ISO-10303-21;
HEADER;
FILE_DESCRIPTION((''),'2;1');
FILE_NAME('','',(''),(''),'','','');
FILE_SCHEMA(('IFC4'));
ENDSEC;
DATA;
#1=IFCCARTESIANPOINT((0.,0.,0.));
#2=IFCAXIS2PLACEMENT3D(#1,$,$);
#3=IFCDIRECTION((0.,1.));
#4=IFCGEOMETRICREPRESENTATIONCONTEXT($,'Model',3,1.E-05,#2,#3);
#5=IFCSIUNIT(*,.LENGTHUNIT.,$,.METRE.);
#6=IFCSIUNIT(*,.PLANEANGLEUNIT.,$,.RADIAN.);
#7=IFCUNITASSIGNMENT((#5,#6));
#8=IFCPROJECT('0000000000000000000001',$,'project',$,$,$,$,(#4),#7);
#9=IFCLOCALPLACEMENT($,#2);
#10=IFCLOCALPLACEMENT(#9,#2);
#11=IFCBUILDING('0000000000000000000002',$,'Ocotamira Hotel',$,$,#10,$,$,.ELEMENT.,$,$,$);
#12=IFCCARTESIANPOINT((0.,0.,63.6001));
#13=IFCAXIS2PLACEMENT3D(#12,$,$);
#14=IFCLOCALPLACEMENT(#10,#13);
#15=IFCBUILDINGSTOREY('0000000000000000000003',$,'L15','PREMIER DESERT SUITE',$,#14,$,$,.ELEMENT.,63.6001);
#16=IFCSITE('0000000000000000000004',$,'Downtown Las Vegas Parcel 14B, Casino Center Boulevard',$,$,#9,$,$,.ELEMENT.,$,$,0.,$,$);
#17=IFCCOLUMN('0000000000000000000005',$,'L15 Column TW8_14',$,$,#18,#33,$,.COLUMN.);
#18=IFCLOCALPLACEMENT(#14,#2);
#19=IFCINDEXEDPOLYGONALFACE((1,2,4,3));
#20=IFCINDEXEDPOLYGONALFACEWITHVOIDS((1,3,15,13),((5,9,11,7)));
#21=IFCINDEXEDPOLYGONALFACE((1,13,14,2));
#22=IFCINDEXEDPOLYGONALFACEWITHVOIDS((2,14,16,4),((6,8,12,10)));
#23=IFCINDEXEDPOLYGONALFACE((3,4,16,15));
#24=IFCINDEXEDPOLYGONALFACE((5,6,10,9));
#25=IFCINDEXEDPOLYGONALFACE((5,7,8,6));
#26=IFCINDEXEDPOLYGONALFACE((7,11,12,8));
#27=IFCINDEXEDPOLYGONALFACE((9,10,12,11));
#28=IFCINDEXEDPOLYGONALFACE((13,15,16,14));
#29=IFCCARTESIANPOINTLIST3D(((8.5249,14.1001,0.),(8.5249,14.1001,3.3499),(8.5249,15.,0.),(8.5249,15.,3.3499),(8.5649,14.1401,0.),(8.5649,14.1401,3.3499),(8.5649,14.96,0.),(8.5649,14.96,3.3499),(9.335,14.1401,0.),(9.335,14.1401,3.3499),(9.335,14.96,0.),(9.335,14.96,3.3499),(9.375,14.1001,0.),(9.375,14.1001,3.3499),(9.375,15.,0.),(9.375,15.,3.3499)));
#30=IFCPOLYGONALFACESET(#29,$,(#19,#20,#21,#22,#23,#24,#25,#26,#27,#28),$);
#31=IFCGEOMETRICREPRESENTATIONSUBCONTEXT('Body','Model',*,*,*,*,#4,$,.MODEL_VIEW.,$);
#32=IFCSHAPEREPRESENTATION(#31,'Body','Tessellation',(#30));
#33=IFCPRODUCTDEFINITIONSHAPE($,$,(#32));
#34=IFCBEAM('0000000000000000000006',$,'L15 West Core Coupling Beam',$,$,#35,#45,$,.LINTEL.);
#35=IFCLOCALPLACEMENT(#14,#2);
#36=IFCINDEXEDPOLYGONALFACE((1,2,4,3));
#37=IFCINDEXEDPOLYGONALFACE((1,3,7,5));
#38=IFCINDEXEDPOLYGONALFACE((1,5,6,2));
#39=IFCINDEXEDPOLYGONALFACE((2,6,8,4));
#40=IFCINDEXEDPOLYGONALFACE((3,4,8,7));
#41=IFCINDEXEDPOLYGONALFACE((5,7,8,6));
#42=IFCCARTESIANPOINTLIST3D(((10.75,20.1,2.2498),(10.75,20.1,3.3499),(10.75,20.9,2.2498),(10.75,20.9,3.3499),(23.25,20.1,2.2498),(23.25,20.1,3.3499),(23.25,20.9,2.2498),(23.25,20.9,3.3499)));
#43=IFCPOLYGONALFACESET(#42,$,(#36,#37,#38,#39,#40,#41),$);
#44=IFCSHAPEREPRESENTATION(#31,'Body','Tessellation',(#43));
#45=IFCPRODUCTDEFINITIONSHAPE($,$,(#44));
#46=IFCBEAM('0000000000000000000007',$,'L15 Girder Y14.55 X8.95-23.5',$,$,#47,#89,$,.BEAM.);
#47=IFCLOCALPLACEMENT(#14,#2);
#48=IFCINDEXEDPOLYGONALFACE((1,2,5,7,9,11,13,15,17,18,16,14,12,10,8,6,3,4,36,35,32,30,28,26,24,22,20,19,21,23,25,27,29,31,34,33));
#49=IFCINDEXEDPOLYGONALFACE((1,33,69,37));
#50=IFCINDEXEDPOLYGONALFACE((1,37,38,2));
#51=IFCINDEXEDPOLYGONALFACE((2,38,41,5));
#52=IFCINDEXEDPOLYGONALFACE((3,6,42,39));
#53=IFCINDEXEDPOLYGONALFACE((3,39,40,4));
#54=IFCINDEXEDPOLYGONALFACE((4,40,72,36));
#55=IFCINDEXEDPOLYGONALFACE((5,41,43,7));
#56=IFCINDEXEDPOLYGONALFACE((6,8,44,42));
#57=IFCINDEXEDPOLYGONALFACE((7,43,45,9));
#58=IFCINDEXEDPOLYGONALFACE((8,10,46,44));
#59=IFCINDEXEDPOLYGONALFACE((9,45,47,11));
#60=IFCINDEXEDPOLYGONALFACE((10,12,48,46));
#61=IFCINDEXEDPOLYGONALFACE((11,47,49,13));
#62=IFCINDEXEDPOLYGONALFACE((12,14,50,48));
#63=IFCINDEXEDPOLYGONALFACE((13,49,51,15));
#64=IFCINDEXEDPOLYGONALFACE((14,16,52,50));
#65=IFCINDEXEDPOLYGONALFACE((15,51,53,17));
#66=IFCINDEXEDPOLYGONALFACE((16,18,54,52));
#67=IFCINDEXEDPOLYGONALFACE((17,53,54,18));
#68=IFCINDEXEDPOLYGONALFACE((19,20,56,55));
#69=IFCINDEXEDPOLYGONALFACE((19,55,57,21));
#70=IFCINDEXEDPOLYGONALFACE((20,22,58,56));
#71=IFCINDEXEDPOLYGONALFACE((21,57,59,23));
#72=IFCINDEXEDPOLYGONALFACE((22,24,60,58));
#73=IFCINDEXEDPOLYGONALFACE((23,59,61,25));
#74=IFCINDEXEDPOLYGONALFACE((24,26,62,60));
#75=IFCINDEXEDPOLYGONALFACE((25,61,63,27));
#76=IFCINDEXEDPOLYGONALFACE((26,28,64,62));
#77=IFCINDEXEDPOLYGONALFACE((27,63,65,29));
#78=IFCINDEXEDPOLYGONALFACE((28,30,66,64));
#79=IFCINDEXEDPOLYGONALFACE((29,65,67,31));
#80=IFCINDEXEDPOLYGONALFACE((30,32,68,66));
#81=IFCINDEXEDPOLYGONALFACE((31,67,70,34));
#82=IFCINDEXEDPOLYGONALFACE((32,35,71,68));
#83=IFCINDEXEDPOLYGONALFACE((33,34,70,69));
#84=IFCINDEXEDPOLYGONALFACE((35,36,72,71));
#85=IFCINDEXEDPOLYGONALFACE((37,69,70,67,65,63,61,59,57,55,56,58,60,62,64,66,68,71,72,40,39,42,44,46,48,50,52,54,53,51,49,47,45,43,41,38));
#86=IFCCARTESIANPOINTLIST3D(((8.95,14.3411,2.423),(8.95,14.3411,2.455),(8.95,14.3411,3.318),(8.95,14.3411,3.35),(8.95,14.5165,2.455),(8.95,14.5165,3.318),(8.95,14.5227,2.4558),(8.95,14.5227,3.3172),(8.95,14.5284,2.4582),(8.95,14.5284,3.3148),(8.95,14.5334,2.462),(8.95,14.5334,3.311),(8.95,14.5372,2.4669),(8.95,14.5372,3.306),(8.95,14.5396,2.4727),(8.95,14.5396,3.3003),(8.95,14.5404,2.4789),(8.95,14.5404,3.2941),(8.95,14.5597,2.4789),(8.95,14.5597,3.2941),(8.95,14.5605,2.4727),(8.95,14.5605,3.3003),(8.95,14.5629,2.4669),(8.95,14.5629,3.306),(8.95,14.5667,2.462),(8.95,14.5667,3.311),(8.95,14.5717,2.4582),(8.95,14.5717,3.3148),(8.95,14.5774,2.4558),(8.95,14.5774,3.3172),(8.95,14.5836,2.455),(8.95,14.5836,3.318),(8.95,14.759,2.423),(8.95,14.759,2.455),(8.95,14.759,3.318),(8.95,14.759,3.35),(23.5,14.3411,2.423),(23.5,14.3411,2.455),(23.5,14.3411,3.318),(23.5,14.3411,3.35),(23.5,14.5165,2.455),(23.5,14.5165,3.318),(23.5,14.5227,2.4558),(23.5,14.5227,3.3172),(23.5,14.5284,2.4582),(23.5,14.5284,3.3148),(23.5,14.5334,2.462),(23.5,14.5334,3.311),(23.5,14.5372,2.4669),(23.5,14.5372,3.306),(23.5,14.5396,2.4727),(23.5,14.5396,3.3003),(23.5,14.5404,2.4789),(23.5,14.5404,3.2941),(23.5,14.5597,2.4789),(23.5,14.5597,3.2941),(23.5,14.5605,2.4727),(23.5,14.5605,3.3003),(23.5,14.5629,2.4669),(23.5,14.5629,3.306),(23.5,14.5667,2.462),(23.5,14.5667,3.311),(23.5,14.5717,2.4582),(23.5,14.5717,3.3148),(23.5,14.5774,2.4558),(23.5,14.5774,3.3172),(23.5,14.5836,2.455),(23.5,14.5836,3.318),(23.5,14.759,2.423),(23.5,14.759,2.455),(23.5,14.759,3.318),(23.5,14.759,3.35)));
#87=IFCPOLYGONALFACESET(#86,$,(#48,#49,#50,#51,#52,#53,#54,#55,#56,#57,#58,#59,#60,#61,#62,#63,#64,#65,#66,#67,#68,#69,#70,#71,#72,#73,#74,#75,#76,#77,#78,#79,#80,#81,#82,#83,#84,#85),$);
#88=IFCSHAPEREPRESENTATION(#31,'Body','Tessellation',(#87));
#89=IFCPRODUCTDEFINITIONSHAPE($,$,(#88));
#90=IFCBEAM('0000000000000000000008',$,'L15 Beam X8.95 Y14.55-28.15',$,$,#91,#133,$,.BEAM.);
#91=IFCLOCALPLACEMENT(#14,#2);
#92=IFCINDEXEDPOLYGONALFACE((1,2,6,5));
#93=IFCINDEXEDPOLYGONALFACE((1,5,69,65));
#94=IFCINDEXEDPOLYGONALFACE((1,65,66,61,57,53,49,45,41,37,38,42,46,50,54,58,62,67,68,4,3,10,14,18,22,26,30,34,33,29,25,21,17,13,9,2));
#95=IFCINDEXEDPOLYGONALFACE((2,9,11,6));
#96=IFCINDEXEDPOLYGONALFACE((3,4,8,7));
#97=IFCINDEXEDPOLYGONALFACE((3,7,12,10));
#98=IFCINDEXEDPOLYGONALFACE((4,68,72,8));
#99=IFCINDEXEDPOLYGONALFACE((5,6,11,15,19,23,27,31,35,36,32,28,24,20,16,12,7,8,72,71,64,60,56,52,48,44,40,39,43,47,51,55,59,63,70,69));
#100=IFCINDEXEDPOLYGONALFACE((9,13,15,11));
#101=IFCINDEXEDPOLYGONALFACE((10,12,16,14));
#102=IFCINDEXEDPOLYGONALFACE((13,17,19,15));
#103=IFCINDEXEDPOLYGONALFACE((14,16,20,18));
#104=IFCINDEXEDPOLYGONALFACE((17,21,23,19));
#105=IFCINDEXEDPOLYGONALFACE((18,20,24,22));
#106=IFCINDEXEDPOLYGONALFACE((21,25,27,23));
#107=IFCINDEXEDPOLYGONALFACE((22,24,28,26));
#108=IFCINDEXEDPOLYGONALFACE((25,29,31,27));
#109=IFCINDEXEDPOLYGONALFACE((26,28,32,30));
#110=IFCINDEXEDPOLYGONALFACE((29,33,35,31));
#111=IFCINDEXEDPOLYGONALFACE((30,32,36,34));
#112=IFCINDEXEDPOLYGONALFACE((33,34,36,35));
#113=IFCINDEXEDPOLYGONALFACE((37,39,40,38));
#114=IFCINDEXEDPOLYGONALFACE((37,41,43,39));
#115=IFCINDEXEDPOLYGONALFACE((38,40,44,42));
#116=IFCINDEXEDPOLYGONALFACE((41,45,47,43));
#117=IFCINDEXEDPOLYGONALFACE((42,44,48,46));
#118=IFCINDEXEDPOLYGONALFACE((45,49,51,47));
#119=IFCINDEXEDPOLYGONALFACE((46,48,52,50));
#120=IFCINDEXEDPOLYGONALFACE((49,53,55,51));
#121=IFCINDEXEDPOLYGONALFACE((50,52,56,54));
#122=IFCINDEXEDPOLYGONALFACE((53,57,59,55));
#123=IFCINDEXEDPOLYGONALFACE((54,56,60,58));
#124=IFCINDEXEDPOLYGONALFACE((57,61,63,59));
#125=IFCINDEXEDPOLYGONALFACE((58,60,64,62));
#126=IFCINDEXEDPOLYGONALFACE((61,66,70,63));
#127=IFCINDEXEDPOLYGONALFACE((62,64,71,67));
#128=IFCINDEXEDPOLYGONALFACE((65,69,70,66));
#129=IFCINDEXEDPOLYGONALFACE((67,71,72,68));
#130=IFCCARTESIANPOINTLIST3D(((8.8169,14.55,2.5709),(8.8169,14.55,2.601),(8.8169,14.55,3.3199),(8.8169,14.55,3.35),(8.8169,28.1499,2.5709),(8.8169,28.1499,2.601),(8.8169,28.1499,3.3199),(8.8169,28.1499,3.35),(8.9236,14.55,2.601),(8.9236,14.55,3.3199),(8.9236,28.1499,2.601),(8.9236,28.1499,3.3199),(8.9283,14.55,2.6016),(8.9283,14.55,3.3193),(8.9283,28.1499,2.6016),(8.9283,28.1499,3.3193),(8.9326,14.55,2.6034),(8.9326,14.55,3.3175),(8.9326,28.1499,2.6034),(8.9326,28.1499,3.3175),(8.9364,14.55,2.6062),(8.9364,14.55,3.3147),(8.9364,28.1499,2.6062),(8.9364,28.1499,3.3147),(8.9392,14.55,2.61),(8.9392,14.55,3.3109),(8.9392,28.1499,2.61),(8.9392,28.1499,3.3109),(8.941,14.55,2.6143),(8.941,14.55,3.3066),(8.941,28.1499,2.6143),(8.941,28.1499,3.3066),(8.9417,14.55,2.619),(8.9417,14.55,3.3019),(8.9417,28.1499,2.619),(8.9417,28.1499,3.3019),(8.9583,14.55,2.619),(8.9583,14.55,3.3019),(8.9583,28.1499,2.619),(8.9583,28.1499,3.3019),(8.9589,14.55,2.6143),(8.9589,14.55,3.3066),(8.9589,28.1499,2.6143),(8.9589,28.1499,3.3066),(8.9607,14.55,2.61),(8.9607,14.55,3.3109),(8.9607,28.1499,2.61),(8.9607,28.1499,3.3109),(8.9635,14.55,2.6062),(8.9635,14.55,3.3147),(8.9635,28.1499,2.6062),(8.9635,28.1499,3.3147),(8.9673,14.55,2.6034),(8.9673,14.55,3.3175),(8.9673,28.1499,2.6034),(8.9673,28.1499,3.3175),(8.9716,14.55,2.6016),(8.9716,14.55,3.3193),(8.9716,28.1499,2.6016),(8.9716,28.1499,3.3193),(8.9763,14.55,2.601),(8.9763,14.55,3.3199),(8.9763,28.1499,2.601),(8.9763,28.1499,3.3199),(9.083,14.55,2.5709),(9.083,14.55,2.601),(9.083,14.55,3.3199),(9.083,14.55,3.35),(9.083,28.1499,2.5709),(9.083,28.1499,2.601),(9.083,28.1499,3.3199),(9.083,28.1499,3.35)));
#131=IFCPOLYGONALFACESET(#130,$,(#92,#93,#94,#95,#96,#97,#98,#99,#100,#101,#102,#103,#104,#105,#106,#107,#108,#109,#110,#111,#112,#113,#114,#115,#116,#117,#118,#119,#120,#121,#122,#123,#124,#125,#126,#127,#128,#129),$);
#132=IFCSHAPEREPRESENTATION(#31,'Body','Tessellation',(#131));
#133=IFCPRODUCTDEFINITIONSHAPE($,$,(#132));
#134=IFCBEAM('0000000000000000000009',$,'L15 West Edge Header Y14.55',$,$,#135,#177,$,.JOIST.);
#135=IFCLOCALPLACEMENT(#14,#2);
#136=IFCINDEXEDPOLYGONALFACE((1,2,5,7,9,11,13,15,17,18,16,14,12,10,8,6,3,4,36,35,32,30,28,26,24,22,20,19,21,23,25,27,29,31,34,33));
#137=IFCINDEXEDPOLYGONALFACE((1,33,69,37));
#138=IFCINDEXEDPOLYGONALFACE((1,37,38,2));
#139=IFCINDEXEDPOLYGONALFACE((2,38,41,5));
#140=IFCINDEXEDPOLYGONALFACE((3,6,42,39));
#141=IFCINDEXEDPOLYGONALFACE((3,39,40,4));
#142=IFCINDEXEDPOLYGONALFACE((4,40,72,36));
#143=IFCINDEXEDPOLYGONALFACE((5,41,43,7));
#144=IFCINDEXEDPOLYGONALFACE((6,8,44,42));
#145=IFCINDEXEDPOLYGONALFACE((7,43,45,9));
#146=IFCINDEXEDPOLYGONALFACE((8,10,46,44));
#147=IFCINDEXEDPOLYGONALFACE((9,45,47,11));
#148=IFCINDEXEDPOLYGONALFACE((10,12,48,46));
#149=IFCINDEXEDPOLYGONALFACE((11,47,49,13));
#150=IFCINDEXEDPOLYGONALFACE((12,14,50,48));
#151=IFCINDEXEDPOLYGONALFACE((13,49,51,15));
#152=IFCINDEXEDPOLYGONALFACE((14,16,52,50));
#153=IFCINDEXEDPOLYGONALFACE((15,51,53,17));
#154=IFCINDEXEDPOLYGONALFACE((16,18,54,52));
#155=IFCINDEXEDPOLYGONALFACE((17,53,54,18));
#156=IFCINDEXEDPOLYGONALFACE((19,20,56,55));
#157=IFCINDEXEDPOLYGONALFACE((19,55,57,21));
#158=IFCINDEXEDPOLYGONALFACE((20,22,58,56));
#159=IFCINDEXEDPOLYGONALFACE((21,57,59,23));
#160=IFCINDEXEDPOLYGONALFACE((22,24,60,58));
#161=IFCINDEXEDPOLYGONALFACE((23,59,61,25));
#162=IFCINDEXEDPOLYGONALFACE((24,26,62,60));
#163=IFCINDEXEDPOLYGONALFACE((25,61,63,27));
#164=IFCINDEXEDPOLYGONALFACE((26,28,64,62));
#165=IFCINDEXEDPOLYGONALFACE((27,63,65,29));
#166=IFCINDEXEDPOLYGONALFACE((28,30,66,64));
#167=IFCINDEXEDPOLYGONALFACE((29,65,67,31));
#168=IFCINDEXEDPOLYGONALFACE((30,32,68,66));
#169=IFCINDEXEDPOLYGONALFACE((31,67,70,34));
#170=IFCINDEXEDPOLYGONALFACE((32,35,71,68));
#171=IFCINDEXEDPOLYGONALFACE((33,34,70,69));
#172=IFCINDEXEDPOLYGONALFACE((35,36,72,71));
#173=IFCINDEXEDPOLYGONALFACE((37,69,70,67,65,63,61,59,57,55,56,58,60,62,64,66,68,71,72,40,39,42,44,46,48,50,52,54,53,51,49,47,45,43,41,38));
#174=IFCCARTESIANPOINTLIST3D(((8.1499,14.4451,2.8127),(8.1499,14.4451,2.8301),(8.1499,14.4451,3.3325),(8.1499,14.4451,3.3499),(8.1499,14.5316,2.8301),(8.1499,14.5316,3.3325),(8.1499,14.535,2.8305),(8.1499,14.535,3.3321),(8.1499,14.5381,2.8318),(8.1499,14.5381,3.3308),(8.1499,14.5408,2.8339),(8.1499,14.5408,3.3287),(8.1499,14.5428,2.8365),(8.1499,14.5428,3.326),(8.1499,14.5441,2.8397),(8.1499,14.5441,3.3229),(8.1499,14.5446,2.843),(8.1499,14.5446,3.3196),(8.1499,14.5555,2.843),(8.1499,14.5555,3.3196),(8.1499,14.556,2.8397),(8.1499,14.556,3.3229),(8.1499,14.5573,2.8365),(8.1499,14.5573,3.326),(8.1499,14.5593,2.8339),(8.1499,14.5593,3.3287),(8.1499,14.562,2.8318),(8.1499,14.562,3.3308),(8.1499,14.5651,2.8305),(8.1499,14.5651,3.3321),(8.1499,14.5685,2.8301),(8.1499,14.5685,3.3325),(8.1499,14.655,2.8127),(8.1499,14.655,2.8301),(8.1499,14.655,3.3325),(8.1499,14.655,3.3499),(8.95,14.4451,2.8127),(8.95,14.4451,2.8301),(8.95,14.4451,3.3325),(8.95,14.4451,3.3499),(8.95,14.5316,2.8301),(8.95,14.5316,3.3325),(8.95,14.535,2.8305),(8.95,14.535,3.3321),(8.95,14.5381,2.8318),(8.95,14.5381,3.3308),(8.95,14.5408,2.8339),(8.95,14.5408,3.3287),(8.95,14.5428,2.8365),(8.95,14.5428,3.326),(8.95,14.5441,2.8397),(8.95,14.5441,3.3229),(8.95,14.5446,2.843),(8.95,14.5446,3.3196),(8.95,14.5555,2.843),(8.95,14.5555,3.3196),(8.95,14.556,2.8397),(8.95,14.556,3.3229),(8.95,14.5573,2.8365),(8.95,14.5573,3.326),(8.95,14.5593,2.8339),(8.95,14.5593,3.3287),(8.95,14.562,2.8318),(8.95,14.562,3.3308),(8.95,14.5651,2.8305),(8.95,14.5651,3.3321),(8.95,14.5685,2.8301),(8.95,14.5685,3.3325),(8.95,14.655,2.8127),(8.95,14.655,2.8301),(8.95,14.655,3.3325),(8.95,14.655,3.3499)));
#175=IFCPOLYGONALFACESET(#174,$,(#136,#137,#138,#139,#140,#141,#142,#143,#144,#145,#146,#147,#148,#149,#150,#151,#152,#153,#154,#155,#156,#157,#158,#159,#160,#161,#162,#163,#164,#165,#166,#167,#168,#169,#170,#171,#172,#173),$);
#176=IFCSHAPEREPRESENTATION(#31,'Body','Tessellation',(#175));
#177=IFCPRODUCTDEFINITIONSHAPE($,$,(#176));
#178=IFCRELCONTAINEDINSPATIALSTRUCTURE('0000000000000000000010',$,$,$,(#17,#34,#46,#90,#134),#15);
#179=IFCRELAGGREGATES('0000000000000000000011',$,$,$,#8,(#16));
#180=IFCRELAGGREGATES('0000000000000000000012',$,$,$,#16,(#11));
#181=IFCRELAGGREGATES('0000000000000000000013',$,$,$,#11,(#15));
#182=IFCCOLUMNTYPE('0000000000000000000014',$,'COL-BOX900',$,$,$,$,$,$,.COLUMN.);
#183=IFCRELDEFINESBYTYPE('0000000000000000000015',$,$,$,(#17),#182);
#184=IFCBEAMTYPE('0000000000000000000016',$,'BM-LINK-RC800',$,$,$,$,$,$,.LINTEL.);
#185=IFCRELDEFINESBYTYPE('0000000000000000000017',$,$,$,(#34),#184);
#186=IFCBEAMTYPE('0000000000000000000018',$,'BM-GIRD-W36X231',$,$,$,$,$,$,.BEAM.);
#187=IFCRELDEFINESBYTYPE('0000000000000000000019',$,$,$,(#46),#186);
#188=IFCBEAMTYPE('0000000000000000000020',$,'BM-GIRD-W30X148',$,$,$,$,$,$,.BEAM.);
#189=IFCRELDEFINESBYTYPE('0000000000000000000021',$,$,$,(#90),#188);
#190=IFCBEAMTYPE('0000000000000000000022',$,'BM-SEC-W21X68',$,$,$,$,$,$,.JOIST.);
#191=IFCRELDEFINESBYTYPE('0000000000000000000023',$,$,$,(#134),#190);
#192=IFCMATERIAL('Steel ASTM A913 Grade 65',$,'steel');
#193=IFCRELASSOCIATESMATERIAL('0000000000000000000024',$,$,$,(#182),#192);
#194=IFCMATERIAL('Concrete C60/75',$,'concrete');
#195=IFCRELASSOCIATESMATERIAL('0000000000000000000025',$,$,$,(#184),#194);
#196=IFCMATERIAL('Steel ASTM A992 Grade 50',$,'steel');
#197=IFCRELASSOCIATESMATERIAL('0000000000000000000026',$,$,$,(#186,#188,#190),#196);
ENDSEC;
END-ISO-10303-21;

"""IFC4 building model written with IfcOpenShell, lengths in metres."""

from ifc_helpers import new_model, si_unit, direction, frame, origin, origin_2d, place, context, subcontext, project, spatial, rectangle, hollow_rectangle, i_section, extrude, source, transform, mapped, material, material_profile, profile_set, type_object, element, save


model = new_model("IFC4")

# Units and contexts
model_context = context("Model", 3, precision=1e-05, world=origin(), true_north=direction((0.0, 1.0)))
body_context = subcontext(model_context, "Body", "Model", "MODEL_VIEW")
ifc_project = project(units=[si_unit("LENGTHUNIT", "METRE"), si_unit("PLANEANGLEUNIT", "RADIAN")], contexts=[model_context])

# Site, building, storey
site_placement = place(None, origin())
site = spatial("IfcSite", under=ifc_project, at=site_placement, Name="Downtown Las Vegas Parcel 14B, Casino Center Boulevard", CompositionType="ELEMENT", RefElevation=0.0)
building_placement = place(site_placement, origin())
building = spatial("IfcBuilding", under=site, at=building_placement, Name="Ocotamira Hotel", CompositionType="ELEMENT")
storey_placement = place(building_placement, frame((0.0, 0.0, 63.6001)))
storey = spatial("IfcBuildingStorey", under=building, at=storey_placement, Name="L15", Description="PREMIER DESERT SUITE", CompositionType="ELEMENT", Elevation=63.6001)

# Column
ifc_material_1 = material(Name="Steel ASTM A913 Grade 65", Category="steel")
ifc_material_profile_1 = material_profile(ifc_material_1, hollow_rectangle(XDim=0.8501, YDim=0.8999, WallThickness=0.04, at=origin_2d()), Name="BOX900X850X40")
ifc_profile_set_1 = profile_set([ifc_material_profile_1], Name="Steel ASTM A913 Grade 65")
column_type = type_object("IfcColumnType", Name="COL-BOX900", PredefinedType="COLUMN", material=ifc_profile_set_1)
shared_shape_1 = source(origin(), body_context, "Body", "SweptSolid", [
    extrude(hollow_rectangle(XDim=0.8501, YDim=0.8999, WallThickness=0.04, at=origin_2d()), origin(), (0.0, 0.0, 1.0), 3.3499),
])
column_placement = place(storey_placement, frame((8.95, 14.55, 0.0), z_axis=(0.0, 0.0, 1.0), x_axis=(1.0, 0.0, 0.0)))
element("IfcColumn", 1, at=column_placement, inside=storey, type_object=column_type, Name="L15 Column TW8_14", PredefinedType="COLUMN", context=body_context, shape_type="MappedRepresentation", body=[
    mapped(shared_shape_1, transform((0.0, 0.0, 0.0), scale=1.0)),
])

# Beams
ifc_material_2 = material(Name="Concrete C60/75", Category="concrete")
ifc_material_profile_2 = material_profile(ifc_material_2, rectangle(XDim=0.8, YDim=1.1001, at=origin_2d()), Name="RC800X1100")
ifc_profile_set_2 = profile_set([ifc_material_profile_2], Name="Concrete C60/75")
beam_type_1 = type_object("IfcBeamType", Name="BM-LINK-RC800", PredefinedType="LINTEL", material=ifc_profile_set_2)
shared_shape_2 = source(origin(), body_context, "Body", "SweptSolid", [
    extrude(rectangle(XDim=0.8, YDim=1.1001, at=origin_2d()), origin(), (0.0, 0.0, 1.0), 12.5),
])
beam_1_placement = place(storey_placement, frame((10.75, 20.5, 2.7998), z_axis=(1.0, 0.0, 0.0), x_axis=(0.0, 1.0, 0.0)))
element("IfcBeam", 2, at=beam_1_placement, inside=storey, type_object=beam_type_1, Name="L15 West Core Coupling Beam", PredefinedType="LINTEL", context=body_context, shape_type="MappedRepresentation", body=[
    mapped(shared_shape_2, transform((0.0, 0.0, 0.0), scale=1.0)),
])
ifc_material_3 = material(Name="Steel ASTM A992 Grade 50", Category="steel")
ifc_material_profile_3 = material_profile(ifc_material_3, i_section(OverallWidth=0.418, OverallDepth=0.927, WebThickness=0.0193, FlangeThickness=0.032, FilletRadius=0.0239, at=origin_2d()), Name="W36X231")
ifc_profile_set_3 = profile_set([ifc_material_profile_3], Name="Steel ASTM A992 Grade 50")
beam_type_2 = type_object("IfcBeamType", Name="BM-GIRD-W36X231", PredefinedType="BEAM", material=ifc_profile_set_3)
shared_shape_3 = source(origin(), body_context, "Body", "SweptSolid", [
    extrude(i_section(OverallWidth=0.418, OverallDepth=0.927, WebThickness=0.0193, FlangeThickness=0.032, FilletRadius=0.0239, at=origin_2d()), origin(), (0.0, 0.0, 1.0), 14.55),
])
beam_2_placement = place(storey_placement, frame((8.95, 14.55, 2.8865), z_axis=(1.0, 0.0, 0.0), x_axis=(0.0, 1.0, 0.0)))
element("IfcBeam", 3, at=beam_2_placement, inside=storey, type_object=beam_type_2, Name="L15 Girder Y14.55 X8.95-23.5", PredefinedType="BEAM", context=body_context, shape_type="MappedRepresentation", body=[
    mapped(shared_shape_3, transform((0.0, 0.0, 0.0), scale=1.0)),
])
ifc_material_profile_4 = material_profile(ifc_material_3, i_section(OverallWidth=0.2661, OverallDepth=0.7791, WebThickness=0.0166, FlangeThickness=0.03, FilletRadius=0.0181, at=origin_2d()), Name="W30X148")
ifc_profile_set_4 = profile_set([ifc_material_profile_4], Name="Steel ASTM A992 Grade 50")
beam_type_3 = type_object("IfcBeamType", Name="BM-GIRD-W30X148", PredefinedType="BEAM", material=ifc_profile_set_4)
shared_shape_4 = source(origin(), body_context, "Body", "SweptSolid", [
    extrude(i_section(OverallWidth=0.2661, OverallDepth=0.7791, WebThickness=0.0166, FlangeThickness=0.03, FilletRadius=0.0181, at=origin_2d()), origin(), (0.0, 0.0, 1.0), 13.5999),
])
beam_3_placement = place(storey_placement, frame((8.95, 14.55, 2.9604), z_axis=(0.0, 1.0, 0.0), x_axis=(-1.0, 0.0, 0.0)))
element("IfcBeam", 4, at=beam_3_placement, inside=storey, type_object=beam_type_3, Name="L15 Beam X8.95 Y14.55-28.15", PredefinedType="BEAM", context=body_context, shape_type="MappedRepresentation", body=[
    mapped(shared_shape_4, transform((0.0, 0.0, 0.0), scale=1.0)),
])
ifc_material_profile_5 = material_profile(ifc_material_3, i_section(OverallWidth=0.21, OverallDepth=0.5371, WebThickness=0.011, FlangeThickness=0.0173, FilletRadius=0.0129, at=origin_2d()), Name="W21X68")
ifc_profile_set_5 = profile_set([ifc_material_profile_5], Name="Steel ASTM A992 Grade 50")
beam_type_4 = type_object("IfcBeamType", Name="BM-SEC-W21X68", PredefinedType="JOIST", material=ifc_profile_set_5)
shared_shape_5 = source(origin(), body_context, "Body", "SweptSolid", [
    extrude(i_section(OverallWidth=0.21, OverallDepth=0.5371, WebThickness=0.011, FlangeThickness=0.0173, FilletRadius=0.0129, at=origin_2d()), origin(), (0.0, 0.0, 1.0), 0.8),
])
beam_4_placement = place(storey_placement, frame((8.95, 14.55, 3.0813), z_axis=(-1.0, 0.0, 0.0), x_axis=(0.0, -1.0, 0.0)))
element("IfcBeam", 5, at=beam_4_placement, inside=storey, type_object=beam_type_4, Name="L15 West Edge Header Y14.55", PredefinedType="JOIST", context=body_context, shape_type="MappedRepresentation", body=[
    mapped(shared_shape_5, transform((0.0, 0.0, 0.0), scale=1.0)),
])

save(model, "model.ifc")
